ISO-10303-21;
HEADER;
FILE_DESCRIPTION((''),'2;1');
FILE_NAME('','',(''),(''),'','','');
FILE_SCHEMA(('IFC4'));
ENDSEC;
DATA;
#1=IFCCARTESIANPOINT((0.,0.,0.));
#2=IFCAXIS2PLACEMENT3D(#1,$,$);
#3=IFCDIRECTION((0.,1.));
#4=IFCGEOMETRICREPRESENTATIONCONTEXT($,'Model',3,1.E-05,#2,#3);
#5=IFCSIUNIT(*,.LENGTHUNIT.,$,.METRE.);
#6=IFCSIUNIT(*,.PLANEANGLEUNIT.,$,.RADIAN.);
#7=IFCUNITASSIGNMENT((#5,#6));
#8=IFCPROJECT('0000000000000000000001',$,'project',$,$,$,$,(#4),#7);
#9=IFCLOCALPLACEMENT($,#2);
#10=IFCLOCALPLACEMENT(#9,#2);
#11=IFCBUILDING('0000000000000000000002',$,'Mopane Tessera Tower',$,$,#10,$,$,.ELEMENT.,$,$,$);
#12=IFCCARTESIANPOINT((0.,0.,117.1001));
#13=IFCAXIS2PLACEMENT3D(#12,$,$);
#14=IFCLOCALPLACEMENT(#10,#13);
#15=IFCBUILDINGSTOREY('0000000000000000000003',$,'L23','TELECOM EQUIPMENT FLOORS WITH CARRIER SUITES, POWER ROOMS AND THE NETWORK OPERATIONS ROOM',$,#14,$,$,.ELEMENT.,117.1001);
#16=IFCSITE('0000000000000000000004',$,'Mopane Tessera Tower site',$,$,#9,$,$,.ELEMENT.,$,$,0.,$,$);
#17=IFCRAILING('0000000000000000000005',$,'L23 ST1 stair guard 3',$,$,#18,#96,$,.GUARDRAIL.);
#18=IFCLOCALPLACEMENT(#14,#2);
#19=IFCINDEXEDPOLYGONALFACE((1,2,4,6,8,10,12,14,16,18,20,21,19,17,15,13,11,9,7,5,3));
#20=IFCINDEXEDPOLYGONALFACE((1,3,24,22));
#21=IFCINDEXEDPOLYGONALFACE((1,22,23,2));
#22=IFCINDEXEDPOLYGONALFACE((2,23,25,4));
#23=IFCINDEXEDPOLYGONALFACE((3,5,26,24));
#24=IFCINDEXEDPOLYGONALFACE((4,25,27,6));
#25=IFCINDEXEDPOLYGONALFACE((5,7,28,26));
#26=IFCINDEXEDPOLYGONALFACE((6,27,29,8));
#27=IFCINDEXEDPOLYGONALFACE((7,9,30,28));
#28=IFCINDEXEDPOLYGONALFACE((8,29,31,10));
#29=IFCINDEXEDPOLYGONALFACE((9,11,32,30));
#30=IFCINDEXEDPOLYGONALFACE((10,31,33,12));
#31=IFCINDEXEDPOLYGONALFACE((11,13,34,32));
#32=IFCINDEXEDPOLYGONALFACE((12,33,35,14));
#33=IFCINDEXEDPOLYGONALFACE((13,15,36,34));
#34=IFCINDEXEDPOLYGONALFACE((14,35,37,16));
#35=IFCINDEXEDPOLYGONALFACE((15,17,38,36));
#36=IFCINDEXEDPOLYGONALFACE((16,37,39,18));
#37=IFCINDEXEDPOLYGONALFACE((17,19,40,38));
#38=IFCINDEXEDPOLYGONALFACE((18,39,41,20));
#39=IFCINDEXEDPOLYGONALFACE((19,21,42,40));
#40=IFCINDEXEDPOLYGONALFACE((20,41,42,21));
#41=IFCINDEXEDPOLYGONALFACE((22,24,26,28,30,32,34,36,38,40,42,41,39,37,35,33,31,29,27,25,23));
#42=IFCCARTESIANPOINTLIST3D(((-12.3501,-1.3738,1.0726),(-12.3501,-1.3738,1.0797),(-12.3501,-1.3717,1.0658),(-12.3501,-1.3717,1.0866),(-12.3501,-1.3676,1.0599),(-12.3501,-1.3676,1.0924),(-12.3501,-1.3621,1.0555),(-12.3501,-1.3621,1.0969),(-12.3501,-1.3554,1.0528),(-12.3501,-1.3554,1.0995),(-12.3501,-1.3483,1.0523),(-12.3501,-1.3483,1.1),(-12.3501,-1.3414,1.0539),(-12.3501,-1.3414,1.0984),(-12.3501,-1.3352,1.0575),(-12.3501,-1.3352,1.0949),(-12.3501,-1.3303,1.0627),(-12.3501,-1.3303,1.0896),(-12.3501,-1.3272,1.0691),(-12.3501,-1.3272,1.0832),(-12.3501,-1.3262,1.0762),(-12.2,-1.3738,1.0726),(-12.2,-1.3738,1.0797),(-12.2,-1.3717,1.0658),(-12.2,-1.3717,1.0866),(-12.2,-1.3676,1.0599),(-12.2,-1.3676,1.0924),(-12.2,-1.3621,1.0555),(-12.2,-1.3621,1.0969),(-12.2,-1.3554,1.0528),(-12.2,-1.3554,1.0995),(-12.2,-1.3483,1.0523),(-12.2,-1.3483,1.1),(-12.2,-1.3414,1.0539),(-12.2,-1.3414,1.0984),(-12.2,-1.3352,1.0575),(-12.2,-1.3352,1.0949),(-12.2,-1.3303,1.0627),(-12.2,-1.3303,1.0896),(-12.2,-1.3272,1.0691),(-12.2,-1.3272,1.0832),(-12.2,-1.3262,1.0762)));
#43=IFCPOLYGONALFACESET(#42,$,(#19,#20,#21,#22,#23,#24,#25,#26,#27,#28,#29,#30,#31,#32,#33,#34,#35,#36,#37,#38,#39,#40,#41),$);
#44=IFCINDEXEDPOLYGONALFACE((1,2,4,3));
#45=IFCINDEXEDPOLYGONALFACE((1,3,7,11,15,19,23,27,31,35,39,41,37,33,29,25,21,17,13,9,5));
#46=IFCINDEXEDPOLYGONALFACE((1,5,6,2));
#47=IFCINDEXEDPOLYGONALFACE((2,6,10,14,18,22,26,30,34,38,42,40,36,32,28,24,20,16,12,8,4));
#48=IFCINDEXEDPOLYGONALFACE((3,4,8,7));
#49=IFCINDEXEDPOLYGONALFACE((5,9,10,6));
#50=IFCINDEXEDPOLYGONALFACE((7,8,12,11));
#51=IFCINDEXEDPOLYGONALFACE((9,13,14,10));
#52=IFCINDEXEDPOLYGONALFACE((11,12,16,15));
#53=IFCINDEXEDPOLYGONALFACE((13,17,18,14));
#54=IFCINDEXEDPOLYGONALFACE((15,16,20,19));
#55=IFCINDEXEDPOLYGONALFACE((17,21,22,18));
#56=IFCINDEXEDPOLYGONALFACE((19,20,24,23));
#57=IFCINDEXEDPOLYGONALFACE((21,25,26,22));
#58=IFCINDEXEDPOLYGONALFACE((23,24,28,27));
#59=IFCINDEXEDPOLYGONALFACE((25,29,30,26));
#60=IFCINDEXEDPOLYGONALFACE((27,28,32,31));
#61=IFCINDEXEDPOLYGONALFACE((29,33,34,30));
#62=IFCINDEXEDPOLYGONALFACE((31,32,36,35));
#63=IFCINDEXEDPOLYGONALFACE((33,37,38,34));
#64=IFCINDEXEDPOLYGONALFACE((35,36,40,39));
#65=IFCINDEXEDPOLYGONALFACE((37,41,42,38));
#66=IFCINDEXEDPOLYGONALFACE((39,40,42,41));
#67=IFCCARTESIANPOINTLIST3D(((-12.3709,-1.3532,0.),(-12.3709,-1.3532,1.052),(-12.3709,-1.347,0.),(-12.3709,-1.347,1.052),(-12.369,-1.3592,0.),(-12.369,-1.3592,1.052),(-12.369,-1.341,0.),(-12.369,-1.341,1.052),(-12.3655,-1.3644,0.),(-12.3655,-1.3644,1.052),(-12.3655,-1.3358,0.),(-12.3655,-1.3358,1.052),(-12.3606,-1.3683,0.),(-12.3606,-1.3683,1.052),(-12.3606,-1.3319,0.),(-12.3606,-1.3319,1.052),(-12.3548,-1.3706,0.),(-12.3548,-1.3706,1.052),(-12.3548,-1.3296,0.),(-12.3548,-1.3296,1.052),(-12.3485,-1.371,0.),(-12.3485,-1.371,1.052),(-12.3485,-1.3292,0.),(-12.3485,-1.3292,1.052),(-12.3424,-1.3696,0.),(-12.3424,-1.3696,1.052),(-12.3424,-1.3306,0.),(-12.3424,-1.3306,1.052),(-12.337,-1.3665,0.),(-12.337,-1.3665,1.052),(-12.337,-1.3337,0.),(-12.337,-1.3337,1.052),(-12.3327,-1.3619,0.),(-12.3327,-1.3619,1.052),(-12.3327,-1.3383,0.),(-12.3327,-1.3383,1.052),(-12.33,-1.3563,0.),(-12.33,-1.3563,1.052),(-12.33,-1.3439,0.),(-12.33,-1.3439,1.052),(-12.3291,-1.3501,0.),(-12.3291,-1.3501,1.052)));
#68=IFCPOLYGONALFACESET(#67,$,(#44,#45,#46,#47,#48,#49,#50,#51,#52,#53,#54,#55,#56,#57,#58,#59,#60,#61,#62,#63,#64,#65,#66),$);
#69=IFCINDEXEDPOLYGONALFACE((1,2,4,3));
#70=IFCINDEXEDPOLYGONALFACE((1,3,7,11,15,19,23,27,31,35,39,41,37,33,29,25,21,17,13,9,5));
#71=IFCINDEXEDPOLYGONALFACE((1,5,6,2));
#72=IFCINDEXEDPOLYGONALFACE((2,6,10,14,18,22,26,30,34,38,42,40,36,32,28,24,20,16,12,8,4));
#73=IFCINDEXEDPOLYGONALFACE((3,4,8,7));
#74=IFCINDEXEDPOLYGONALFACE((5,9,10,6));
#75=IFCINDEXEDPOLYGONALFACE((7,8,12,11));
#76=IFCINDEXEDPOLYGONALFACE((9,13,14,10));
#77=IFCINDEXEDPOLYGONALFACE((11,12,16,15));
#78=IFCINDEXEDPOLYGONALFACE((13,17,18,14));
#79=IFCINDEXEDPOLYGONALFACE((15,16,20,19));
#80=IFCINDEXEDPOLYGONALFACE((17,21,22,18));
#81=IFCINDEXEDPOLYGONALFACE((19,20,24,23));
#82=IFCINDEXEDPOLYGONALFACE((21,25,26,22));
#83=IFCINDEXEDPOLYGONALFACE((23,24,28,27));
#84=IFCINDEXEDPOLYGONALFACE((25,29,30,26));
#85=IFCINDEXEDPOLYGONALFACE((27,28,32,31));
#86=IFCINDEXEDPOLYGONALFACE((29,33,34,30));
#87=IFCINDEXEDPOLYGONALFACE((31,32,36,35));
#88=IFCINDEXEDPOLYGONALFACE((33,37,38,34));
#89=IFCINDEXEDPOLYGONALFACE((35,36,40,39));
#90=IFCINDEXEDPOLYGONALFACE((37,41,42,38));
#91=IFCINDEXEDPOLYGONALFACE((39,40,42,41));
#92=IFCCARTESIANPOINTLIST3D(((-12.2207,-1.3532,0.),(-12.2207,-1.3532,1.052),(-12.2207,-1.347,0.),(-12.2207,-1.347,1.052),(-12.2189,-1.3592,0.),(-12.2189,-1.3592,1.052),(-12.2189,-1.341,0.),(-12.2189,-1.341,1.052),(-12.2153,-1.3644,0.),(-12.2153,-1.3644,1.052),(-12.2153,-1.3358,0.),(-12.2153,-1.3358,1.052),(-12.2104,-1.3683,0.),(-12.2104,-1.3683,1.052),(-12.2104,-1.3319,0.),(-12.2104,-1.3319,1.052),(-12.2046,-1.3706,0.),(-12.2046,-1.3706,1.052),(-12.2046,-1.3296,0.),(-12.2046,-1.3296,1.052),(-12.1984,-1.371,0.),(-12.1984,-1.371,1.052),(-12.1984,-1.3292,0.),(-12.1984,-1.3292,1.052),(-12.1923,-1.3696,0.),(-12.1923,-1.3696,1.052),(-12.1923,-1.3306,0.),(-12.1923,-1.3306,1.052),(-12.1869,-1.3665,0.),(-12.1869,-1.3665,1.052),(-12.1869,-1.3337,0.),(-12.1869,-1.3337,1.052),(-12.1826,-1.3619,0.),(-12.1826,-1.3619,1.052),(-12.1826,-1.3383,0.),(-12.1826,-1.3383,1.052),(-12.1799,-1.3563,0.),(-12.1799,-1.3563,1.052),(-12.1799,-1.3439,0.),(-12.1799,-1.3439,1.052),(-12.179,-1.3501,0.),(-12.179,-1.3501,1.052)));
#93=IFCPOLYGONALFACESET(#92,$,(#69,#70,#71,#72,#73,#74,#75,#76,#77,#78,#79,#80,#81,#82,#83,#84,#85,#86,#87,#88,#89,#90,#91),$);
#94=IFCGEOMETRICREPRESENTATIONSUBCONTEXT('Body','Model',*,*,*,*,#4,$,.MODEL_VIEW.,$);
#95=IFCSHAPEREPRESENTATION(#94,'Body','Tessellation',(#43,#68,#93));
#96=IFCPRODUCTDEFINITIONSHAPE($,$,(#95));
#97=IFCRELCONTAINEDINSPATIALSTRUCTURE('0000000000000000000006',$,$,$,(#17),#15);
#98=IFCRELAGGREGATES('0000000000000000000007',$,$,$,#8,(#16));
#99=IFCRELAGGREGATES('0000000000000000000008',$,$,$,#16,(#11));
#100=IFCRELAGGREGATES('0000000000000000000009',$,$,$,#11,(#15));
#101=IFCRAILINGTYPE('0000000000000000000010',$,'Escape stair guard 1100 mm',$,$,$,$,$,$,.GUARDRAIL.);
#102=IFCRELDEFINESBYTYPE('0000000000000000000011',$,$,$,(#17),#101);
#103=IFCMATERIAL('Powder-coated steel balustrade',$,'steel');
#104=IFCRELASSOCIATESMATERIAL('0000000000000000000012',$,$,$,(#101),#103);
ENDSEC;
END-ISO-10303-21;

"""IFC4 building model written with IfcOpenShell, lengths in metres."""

from ifc_helpers import new_model, si_unit, direction, frame, origin, origin_2d, place, context, subcontext, project, spatial, circle, extrude, material, type_object, element, save


model = new_model("IFC4")

# Units and contexts
model_context = context("Model", 3, precision=1e-05, world=origin(), true_north=direction((0.0, 1.0)))
body_context = subcontext(model_context, "Body", "Model", "MODEL_VIEW")
ifc_project = project(units=[si_unit("LENGTHUNIT", "METRE"), si_unit("PLANEANGLEUNIT", "RADIAN")], contexts=[model_context])

# Site, building, storey
site_placement = place(None, origin())
site = spatial("IfcSite", under=ifc_project, at=site_placement, Name="Mopane Tessera Tower site", CompositionType="ELEMENT", RefElevation=0.0)
building_placement = place(site_placement, origin())
building = spatial("IfcBuilding", under=site, at=building_placement, Name="Mopane Tessera Tower", CompositionType="ELEMENT")
storey_placement = place(building_placement, frame((0.0, 0.0, 117.1001)))
storey = spatial("IfcBuildingStorey", under=building, at=storey_placement, Name="L23", Description="TELECOM EQUIPMENT FLOORS WITH CARRIER SUITES, POWER ROOMS AND THE NETWORK OPERATIONS ROOM", CompositionType="ELEMENT", Elevation=117.1001)

# Railing
ifc_material_1 = material(Name="Powder-coated steel balustrade", Category="steel")
railing_type_1 = type_object("IfcRailingType", Name="Escape stair guard 1100 mm", PredefinedType="GUARDRAIL", material=ifc_material_1)
railing_1_placement = place(storey_placement, frame((-12.3501, -1.3501, 0.0)))
element("IfcRailing", 1, at=railing_1_placement, inside=storey, type_object=railing_type_1, Name="L23 ST1 stair guard 3", PredefinedType="GUARDRAIL", context=body_context, shape_type="SweptSolid", body=[
    extrude(circle(Radius=0.0239, at=origin_2d()), frame((0.0, 0.0, 1.0762), z_axis=(1.0, 0.0, 0.0), x_axis=(0.0, 1.0, 0.0)), (0.0, 0.0, 1.0), 0.1501),
    extrude(circle(Radius=0.021, at=origin_2d()), origin(), (0.0, 0.0, 1.0), 1.052),
    extrude(circle(Radius=0.021, at=origin_2d()), frame((0.1501, 0.0, 0.0)), (0.0, 0.0, 1.0), 1.052),
])

save(model, "model.ifc")
